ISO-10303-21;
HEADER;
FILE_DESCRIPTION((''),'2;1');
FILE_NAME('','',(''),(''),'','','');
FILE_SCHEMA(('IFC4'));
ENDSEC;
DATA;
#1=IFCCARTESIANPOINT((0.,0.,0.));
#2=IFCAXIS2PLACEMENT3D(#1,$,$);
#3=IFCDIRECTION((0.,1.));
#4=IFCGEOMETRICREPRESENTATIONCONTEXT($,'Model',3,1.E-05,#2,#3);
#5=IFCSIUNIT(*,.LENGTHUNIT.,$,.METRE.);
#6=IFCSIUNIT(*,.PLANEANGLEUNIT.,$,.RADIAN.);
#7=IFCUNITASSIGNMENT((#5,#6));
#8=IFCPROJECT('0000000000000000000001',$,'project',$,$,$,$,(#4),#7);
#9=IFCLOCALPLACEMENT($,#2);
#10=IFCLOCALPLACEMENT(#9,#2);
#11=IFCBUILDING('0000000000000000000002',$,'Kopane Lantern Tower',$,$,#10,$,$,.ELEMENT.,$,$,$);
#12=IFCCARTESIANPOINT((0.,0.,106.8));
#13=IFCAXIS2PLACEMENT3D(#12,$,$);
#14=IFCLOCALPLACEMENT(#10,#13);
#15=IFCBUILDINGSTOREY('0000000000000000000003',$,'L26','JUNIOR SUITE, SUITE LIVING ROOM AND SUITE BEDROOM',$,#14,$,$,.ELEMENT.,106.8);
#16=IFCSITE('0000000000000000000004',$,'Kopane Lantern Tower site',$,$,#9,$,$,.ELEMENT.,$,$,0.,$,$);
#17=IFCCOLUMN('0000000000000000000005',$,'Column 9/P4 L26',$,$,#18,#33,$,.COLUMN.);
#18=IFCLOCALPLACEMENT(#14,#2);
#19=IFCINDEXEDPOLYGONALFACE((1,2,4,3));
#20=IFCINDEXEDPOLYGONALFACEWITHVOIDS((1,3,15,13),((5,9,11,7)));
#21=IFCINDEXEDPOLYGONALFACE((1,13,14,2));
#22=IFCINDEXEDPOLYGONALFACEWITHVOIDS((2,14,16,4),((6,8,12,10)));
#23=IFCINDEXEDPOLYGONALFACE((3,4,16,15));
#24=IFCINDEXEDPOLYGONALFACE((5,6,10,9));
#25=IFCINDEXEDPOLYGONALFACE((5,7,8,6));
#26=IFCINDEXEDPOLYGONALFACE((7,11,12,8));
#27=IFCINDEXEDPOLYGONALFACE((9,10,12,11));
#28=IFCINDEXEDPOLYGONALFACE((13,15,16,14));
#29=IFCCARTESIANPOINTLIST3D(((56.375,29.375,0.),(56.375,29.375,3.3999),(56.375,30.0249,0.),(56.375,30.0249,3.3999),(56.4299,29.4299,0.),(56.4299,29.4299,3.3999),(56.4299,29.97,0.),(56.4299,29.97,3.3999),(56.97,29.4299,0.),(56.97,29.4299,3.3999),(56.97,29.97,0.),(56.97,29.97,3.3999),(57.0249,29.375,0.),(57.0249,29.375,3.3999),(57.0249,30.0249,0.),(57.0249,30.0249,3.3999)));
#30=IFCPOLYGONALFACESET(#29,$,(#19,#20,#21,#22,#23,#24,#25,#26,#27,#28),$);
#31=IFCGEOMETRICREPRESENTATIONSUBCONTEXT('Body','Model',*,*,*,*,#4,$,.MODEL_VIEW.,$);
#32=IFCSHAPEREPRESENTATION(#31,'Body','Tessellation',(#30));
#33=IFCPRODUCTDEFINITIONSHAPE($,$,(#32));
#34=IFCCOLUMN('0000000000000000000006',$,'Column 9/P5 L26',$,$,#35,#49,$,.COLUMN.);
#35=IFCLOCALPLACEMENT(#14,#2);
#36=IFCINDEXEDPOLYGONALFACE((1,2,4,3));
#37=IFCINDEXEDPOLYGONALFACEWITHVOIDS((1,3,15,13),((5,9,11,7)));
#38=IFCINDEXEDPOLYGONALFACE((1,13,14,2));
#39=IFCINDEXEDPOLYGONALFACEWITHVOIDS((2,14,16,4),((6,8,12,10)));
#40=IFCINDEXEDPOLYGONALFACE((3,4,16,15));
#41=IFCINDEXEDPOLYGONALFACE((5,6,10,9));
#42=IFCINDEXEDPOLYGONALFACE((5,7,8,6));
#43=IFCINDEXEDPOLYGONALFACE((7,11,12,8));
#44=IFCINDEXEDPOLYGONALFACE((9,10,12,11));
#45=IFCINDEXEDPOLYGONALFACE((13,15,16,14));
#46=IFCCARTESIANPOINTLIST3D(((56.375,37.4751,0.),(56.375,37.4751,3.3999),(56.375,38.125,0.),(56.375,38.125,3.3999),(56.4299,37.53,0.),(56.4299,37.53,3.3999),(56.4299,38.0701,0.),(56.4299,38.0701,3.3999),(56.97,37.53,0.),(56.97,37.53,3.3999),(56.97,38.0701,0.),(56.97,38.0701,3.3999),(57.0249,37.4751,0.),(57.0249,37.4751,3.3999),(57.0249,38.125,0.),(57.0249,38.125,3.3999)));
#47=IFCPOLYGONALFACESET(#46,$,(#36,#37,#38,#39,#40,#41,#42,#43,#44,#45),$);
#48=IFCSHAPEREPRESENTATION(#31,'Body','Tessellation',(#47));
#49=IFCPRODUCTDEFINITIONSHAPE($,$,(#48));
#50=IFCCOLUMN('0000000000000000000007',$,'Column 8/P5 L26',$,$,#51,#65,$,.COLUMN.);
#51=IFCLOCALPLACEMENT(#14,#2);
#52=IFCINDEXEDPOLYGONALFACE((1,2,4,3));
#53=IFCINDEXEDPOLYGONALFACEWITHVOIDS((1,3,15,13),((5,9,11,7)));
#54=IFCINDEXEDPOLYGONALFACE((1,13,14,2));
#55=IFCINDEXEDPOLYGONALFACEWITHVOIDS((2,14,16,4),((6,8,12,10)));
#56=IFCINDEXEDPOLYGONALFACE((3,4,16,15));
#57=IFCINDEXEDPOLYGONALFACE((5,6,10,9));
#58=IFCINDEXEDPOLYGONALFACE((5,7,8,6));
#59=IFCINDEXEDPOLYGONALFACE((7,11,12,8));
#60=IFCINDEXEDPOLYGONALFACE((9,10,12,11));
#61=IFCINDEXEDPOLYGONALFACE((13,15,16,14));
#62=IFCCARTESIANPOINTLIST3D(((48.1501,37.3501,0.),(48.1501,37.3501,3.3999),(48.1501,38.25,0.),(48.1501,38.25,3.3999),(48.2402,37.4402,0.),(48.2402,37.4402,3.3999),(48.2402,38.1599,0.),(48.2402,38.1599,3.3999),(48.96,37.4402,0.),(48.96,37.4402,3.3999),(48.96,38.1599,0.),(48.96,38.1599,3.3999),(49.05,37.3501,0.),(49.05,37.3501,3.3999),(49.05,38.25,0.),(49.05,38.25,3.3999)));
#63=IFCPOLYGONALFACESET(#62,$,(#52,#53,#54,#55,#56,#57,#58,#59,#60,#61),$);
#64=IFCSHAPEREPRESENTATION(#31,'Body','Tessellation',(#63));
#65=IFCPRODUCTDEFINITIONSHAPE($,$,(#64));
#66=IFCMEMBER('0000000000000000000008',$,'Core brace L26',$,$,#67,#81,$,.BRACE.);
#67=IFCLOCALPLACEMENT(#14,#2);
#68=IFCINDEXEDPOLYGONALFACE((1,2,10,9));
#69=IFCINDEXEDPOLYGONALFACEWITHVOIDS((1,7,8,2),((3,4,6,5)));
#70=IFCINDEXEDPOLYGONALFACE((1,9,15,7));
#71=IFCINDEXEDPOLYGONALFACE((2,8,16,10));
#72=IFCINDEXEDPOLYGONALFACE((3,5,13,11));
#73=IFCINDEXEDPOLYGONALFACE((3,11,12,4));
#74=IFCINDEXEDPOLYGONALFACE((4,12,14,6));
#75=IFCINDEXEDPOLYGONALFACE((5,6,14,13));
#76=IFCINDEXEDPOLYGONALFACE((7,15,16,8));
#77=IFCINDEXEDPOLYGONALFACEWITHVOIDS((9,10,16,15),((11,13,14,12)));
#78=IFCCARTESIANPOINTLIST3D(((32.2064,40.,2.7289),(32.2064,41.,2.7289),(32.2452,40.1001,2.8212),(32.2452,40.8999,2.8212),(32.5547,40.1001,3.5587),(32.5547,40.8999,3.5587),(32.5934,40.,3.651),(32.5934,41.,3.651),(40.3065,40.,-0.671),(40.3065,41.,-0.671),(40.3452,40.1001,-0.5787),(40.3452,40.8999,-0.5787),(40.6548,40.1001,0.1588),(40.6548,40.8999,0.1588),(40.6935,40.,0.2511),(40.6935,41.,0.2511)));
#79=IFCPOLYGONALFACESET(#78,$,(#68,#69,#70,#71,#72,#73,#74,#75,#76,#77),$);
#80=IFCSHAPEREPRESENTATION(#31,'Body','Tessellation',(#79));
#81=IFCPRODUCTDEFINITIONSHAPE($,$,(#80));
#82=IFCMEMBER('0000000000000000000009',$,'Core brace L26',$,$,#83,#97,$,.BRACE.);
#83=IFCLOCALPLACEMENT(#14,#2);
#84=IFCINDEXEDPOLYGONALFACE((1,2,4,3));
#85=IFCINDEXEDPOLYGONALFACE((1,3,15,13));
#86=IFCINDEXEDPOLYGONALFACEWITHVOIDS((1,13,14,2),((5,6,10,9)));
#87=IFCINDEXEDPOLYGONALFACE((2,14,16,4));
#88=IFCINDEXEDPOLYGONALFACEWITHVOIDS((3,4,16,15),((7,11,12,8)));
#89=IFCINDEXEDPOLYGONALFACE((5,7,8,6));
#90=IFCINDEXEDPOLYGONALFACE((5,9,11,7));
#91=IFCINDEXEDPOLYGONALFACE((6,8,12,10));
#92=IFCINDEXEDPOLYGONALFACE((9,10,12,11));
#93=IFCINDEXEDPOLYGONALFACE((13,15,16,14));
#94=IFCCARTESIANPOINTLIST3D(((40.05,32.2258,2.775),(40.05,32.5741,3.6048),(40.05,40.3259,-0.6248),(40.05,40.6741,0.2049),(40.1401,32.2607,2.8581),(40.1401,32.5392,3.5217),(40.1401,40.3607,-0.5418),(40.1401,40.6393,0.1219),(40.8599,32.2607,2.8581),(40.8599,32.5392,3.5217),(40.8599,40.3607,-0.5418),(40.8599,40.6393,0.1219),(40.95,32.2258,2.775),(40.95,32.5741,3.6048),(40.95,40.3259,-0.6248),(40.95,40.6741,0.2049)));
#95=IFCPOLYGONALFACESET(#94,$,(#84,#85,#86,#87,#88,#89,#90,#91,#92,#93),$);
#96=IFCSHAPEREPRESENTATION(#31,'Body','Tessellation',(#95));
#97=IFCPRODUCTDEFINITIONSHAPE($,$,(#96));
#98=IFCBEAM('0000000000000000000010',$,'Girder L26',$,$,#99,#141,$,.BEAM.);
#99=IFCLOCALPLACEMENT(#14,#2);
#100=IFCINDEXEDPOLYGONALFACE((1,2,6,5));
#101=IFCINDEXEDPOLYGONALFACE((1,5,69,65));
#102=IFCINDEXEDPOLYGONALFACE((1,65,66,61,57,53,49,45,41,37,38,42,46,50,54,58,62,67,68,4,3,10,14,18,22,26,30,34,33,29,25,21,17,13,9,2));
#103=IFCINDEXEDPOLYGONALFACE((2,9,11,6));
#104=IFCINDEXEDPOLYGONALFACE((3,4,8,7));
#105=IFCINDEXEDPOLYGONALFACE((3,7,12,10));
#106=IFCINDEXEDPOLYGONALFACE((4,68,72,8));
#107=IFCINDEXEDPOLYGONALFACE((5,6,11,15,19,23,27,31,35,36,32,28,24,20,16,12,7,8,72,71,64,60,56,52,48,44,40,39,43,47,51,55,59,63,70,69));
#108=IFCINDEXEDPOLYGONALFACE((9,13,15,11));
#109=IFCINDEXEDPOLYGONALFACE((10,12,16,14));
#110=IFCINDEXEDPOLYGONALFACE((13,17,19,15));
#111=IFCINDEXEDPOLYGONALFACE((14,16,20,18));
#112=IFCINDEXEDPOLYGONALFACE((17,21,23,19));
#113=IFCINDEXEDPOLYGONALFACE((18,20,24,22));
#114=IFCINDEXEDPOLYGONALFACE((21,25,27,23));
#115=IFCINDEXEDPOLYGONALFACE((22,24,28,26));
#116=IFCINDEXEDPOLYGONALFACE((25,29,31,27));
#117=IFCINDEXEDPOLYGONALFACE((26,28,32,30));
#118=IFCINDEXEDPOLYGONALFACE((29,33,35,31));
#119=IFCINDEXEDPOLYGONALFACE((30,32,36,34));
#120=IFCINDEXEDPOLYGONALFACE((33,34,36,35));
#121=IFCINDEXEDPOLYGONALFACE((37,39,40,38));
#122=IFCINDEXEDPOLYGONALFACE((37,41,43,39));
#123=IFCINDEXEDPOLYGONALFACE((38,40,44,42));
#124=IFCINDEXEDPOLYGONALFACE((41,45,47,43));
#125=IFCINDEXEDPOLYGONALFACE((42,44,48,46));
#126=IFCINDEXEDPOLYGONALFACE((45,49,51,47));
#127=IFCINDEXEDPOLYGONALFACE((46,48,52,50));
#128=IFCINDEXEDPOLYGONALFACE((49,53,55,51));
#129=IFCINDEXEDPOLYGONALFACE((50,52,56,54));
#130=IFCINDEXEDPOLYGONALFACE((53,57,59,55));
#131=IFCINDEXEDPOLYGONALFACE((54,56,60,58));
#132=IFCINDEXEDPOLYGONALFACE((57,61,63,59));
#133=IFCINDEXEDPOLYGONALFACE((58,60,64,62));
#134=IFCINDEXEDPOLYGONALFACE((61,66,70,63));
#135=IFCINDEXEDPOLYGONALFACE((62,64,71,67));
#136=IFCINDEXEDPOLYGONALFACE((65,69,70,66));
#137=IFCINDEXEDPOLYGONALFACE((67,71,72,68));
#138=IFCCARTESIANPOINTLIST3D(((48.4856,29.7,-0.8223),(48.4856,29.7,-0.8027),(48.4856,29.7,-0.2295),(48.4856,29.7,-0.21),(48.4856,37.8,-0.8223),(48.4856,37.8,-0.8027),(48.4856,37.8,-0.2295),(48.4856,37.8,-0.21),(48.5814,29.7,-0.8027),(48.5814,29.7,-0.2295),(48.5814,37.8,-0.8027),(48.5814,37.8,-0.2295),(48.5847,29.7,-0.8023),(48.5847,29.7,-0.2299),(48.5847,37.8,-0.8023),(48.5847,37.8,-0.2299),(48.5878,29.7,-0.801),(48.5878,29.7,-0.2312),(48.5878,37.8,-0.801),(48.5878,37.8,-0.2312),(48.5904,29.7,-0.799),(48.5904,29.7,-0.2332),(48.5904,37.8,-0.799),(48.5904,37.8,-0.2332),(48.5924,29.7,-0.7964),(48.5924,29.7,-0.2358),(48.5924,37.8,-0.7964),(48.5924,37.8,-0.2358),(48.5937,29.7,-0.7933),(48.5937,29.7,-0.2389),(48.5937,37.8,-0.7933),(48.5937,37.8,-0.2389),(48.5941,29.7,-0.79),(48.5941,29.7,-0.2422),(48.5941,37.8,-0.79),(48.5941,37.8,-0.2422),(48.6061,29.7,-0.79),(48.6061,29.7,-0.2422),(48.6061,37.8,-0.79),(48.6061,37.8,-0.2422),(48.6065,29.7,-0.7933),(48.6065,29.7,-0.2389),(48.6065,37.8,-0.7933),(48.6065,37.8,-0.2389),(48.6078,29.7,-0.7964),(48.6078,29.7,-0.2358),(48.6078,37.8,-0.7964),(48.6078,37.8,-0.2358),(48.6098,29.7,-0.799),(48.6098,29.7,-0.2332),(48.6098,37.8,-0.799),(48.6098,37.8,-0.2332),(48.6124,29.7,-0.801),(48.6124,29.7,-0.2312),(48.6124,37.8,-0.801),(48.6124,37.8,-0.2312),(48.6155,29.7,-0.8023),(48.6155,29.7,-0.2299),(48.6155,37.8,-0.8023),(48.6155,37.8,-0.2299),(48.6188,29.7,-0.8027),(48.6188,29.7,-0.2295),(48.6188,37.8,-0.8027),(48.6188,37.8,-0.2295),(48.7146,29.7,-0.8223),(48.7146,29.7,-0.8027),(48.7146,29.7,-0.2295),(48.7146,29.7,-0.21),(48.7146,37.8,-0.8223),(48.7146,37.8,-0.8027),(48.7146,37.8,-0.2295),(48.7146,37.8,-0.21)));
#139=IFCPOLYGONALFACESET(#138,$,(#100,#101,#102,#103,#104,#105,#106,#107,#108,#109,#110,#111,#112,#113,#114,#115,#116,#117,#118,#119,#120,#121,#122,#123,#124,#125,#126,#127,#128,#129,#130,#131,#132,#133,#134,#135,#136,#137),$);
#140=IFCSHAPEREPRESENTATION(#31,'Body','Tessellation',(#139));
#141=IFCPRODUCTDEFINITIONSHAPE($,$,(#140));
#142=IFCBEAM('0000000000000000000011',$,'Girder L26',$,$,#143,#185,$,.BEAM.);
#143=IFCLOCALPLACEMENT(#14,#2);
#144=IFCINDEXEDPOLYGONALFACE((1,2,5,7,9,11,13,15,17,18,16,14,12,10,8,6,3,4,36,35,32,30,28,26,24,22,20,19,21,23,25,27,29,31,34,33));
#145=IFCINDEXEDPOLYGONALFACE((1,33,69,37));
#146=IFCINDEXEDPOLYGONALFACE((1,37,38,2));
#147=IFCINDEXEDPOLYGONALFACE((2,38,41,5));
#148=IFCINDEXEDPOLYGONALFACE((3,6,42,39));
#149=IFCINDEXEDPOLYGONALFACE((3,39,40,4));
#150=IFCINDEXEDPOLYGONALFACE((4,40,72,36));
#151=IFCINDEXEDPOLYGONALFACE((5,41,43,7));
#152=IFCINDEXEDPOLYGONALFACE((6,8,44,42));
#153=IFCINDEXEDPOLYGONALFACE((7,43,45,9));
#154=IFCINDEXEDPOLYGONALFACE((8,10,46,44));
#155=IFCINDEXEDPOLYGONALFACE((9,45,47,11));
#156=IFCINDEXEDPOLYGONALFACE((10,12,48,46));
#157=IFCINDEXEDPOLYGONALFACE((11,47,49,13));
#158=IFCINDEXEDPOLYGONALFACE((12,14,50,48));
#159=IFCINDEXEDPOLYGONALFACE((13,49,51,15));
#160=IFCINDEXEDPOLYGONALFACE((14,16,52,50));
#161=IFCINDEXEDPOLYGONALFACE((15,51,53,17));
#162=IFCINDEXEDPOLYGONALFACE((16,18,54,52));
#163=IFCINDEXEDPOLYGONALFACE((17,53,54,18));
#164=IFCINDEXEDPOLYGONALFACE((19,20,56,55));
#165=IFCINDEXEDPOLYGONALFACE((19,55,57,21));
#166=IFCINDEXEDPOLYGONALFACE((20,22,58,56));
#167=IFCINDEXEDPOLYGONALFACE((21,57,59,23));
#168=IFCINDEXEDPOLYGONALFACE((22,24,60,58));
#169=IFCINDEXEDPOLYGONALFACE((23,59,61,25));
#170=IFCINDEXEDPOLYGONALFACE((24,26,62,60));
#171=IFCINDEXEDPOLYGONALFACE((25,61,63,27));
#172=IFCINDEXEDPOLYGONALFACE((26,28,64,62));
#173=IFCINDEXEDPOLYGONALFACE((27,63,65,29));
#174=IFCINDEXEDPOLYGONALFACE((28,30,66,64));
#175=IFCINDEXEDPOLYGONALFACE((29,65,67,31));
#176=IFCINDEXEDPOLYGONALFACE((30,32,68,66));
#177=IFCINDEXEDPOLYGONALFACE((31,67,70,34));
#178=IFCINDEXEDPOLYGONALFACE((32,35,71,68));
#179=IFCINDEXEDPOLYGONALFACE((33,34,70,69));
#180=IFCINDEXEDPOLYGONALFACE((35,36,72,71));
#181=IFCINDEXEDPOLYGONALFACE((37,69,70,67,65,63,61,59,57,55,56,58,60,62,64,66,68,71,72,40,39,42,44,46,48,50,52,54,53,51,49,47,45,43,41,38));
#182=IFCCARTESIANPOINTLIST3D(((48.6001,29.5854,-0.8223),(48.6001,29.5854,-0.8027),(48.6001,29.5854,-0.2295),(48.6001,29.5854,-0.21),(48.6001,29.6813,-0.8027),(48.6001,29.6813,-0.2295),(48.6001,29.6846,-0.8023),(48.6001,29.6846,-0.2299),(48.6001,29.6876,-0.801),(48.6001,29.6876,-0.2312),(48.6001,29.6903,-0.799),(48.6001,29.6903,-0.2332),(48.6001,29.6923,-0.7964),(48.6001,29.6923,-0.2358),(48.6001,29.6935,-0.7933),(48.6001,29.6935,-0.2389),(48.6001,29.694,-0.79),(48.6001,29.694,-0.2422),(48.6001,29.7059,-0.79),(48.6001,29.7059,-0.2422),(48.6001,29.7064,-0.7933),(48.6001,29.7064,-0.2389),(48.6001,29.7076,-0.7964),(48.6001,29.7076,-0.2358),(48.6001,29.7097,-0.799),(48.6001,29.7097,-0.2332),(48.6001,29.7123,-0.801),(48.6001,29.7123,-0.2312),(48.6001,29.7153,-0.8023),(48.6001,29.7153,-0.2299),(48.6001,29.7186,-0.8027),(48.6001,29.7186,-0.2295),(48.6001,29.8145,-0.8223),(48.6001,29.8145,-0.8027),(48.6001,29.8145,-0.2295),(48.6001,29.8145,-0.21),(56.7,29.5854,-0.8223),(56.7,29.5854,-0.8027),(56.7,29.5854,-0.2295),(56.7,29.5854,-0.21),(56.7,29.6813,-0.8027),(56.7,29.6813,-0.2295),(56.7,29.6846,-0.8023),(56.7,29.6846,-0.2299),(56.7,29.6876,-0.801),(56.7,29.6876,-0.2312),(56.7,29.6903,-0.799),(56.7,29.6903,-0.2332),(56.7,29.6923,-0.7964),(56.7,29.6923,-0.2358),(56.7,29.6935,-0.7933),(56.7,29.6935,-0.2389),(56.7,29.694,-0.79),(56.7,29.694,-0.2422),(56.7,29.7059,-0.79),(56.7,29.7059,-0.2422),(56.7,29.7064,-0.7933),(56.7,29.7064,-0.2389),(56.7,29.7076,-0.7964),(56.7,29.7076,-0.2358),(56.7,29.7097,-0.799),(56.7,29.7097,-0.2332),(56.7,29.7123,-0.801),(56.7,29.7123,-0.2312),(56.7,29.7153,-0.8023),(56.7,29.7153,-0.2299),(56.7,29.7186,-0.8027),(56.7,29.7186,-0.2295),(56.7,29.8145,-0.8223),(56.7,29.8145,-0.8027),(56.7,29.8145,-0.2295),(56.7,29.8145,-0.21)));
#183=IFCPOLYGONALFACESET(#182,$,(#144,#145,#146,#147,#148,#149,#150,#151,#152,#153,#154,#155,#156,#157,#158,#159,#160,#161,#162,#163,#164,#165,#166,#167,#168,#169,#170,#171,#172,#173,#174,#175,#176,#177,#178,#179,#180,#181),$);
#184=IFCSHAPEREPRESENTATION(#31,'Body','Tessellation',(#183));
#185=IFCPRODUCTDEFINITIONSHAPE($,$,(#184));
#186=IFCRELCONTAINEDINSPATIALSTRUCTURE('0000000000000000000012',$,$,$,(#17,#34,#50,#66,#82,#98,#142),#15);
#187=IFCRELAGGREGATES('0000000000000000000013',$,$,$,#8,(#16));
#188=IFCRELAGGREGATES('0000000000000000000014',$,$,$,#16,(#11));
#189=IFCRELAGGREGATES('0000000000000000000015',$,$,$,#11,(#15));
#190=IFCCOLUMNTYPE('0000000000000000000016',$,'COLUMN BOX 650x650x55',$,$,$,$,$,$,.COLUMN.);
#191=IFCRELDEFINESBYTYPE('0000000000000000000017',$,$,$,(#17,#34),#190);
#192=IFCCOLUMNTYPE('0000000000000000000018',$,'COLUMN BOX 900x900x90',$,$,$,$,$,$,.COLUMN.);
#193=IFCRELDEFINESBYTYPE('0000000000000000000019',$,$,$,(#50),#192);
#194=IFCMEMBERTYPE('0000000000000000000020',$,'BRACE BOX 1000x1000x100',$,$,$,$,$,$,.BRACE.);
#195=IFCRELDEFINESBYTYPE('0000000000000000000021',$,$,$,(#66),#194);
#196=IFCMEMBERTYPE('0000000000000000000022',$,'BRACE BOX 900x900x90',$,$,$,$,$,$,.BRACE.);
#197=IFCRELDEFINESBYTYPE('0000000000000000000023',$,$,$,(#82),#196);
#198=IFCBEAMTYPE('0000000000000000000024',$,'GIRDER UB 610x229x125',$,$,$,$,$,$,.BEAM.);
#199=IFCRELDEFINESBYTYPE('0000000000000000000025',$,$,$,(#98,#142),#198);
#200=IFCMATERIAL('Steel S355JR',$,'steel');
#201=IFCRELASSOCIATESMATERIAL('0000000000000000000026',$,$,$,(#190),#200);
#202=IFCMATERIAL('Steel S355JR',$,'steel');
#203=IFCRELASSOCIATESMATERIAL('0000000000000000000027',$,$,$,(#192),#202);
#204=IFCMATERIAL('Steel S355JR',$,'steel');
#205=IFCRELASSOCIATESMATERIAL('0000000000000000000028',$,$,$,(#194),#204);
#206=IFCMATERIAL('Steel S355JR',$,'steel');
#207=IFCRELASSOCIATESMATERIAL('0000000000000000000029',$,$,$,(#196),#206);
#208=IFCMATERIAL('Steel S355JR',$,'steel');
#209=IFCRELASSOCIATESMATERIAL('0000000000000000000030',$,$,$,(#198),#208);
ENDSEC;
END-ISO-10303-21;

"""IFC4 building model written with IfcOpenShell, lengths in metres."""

from ifc_helpers import new_model, si_unit, direction, frame, origin, origin_2d, place, context, subcontext, project, spatial, hollow_rectangle, i_section, extrude, material, material_profile, profile_set, type_object, element, save


model = new_model("IFC4")

# Units and contexts
model_context = context("Model", 3, precision=1e-05, world=origin(), true_north=direction((0.0, 1.0)))
body_context = subcontext(model_context, "Body", "Model", "MODEL_VIEW")
ifc_project = project(units=[si_unit("LENGTHUNIT", "METRE"), si_unit("PLANEANGLEUNIT", "RADIAN")], contexts=[model_context])

# Site, building, storey
site_placement = place(None, origin())
site = spatial("IfcSite", under=ifc_project, at=site_placement, Name="Kopane Lantern Tower site", CompositionType="ELEMENT", RefElevation=0.0)
building_placement = place(site_placement, origin())
building = spatial("IfcBuilding", under=site, at=building_placement, Name="Kopane Lantern Tower", CompositionType="ELEMENT")
storey_placement = place(building_placement, frame((0.0, 0.0, 106.8)))
storey = spatial("IfcBuildingStorey", under=building, at=storey_placement, Name="L26", Description="JUNIOR SUITE, SUITE LIVING ROOM AND SUITE BEDROOM", CompositionType="ELEMENT", Elevation=106.8)

# Columns
ifc_material_1 = material(Name="Steel S355JR", Category="steel")
ifc_material_profile_1 = material_profile(ifc_material_1, hollow_rectangle(XDim=0.6499, YDim=0.6499, WallThickness=0.0549, at=origin_2d()), Name="BOX 650x650x55")
ifc_profile_set_1 = profile_set([ifc_material_profile_1], Name="Steel S355JR")
column_type_1 = type_object("IfcColumnType", Name="COLUMN BOX 650x650x55", PredefinedType="COLUMN", material=ifc_profile_set_1)
for number, where, z_axis, x_axis, name in (
    (1, (56.7, 29.7, 0.0), (0.0, 0.0, 1.0), (1.0, 0.0, 0.0), "Column 9/P4 L26"),
    (2, (56.7, 37.8, 0.0), (0.0, 0.0, 1.0), (1.0, 0.0, 0.0), "Column 9/P5 L26"),
):
    element("IfcColumn", number, at=place(storey_placement, frame(where, z_axis=z_axis, x_axis=x_axis)), inside=storey, type_object=column_type_1, Name=name, PredefinedType="COLUMN", context=body_context, shape_type="SweptSolid", body=[
        extrude(hollow_rectangle(XDim=0.6499, YDim=0.6499, WallThickness=0.0549, at=origin_2d()), origin(), (0.0, 0.0, 1.0), 3.3999),
    ])
ifc_material_2 = material(Name="Steel S355JR", Category="steel")
ifc_material_profile_2 = material_profile(ifc_material_2, hollow_rectangle(XDim=0.8999, YDim=0.8999, WallThickness=0.0901, at=origin_2d()), Name="BOX 900x900x90")
ifc_profile_set_2 = profile_set([ifc_material_profile_2], Name="Steel S355JR")
column_type_2 = type_object("IfcColumnType", Name="COLUMN BOX 900x900x90", PredefinedType="COLUMN", material=ifc_profile_set_2)
column_placement = place(storey_placement, frame((48.6001, 37.8, 0.0), z_axis=(0.0, 0.0, 1.0), x_axis=(1.0, 0.0, 0.0)))
element("IfcColumn", 3, at=column_placement, inside=storey, type_object=column_type_2, Name="Column 8/P5 L26", PredefinedType="COLUMN", context=body_context, shape_type="SweptSolid", body=[
    extrude(hollow_rectangle(XDim=0.8999, YDim=0.8999, WallThickness=0.0901, at=origin_2d()), origin(), (0.0, 0.0, 1.0), 3.3999),
])

# Members
ifc_material_3 = material(Name="Steel S355JR", Category="steel")
ifc_material_profile_3 = material_profile(ifc_material_3, hollow_rectangle(XDim=1.0, YDim=1.0, WallThickness=0.1001, at=origin_2d()), Name="BOX 1000x1000x100")
ifc_profile_set_3 = profile_set([ifc_material_profile_3], Name="Steel S355JR")
member_type_1 = type_object("IfcMemberType", Name="BRACE BOX 1000x1000x100", PredefinedType="BRACE", material=ifc_profile_set_3)
member_1_placement = place(storey_placement, frame((40.5, 40.5, -0.21), z_axis=(-0.922069, 0.0, 0.387026), x_axis=(0.0, -1.0, 0.0)))
element("IfcMember", 4, at=member_1_placement, inside=storey, type_object=member_type_1, Name="Core brace L26", PredefinedType="BRACE", context=body_context, shape_type="SweptSolid", body=[
    extrude(hollow_rectangle(XDim=1.0, YDim=1.0, WallThickness=0.1001, at=origin_2d()), origin(), (0.0, 0.0, 1.0), 8.7847),
])
ifc_material_4 = material(Name="Steel S355JR", Category="steel")
ifc_material_profile_4 = material_profile(ifc_material_4, hollow_rectangle(XDim=0.8999, YDim=0.8999, WallThickness=0.0901, at=origin_2d()), Name="BOX 900x900x90")
ifc_profile_set_4 = profile_set([ifc_material_profile_4], Name="Steel S355JR")
member_type_2 = type_object("IfcMemberType", Name="BRACE BOX 900x900x90", PredefinedType="BRACE", material=ifc_profile_set_4)
member_2_placement = place(storey_placement, frame((40.5, 40.5, -0.21), z_axis=(0.0, -0.922069, 0.387026), x_axis=(1.0, 0.0, 0.0)))
element("IfcMember", 5, at=member_2_placement, inside=storey, type_object=member_type_2, Name="Core brace L26", PredefinedType="BRACE", context=body_context, shape_type="SweptSolid", body=[
    extrude(hollow_rectangle(XDim=0.8999, YDim=0.8999, WallThickness=0.0901, at=origin_2d()), origin(), (0.0, 0.0, 1.0), 8.7847),
])

# Beams
ifc_material_5 = material(Name="Steel S355JR", Category="steel")
ifc_material_profile_5 = material_profile(ifc_material_5, i_section(OverallWidth=0.229, OverallDepth=0.6123, WebThickness=0.012, FlangeThickness=0.0195, FilletRadius=0.0127, at=origin_2d()), Name="UB 610x229x125")
ifc_profile_set_5 = profile_set([ifc_material_profile_5], Name="Steel S355JR")
beam_type = type_object("IfcBeamType", Name="GIRDER UB 610x229x125", PredefinedType="BEAM", material=ifc_profile_set_5)
beam_1_placement = place(storey_placement, frame((48.6001, 29.7, -0.5161), z_axis=(0.0, 1.0, 0.0), x_axis=(-1.0, 0.0, 0.0)))
element("IfcBeam", 6, at=beam_1_placement, inside=storey, type_object=beam_type, Name="Girder L26", PredefinedType="BEAM", context=body_context, shape_type="SweptSolid", body=[
    extrude(i_section(OverallWidth=0.229, OverallDepth=0.6123, WebThickness=0.012, FlangeThickness=0.0195, FilletRadius=0.0127, at=origin_2d()), origin(), (0.0, 0.0, 1.0), 8.1001),
])
for number, where, z_axis, x_axis, name in (
    (7, (48.6001, 29.7, -0.5161), (1.0, 0.0, 0.0), (0.0, 1.0, 0.0), "Girder L26"),
):
    element("IfcBeam", number, at=place(storey_placement, frame(where, z_axis=z_axis, x_axis=x_axis)), inside=storey, type_object=beam_type, Name=name, PredefinedType="BEAM", context=body_context, shape_type="SweptSolid", body=[
        extrude(i_section(OverallWidth=0.229, OverallDepth=0.6123, WebThickness=0.012, FlangeThickness=0.0195, FilletRadius=0.0127, at=origin_2d()), origin(), (0.0, 0.0, 1.0), 8.0999),
    ])

save(model, "model.ifc")
